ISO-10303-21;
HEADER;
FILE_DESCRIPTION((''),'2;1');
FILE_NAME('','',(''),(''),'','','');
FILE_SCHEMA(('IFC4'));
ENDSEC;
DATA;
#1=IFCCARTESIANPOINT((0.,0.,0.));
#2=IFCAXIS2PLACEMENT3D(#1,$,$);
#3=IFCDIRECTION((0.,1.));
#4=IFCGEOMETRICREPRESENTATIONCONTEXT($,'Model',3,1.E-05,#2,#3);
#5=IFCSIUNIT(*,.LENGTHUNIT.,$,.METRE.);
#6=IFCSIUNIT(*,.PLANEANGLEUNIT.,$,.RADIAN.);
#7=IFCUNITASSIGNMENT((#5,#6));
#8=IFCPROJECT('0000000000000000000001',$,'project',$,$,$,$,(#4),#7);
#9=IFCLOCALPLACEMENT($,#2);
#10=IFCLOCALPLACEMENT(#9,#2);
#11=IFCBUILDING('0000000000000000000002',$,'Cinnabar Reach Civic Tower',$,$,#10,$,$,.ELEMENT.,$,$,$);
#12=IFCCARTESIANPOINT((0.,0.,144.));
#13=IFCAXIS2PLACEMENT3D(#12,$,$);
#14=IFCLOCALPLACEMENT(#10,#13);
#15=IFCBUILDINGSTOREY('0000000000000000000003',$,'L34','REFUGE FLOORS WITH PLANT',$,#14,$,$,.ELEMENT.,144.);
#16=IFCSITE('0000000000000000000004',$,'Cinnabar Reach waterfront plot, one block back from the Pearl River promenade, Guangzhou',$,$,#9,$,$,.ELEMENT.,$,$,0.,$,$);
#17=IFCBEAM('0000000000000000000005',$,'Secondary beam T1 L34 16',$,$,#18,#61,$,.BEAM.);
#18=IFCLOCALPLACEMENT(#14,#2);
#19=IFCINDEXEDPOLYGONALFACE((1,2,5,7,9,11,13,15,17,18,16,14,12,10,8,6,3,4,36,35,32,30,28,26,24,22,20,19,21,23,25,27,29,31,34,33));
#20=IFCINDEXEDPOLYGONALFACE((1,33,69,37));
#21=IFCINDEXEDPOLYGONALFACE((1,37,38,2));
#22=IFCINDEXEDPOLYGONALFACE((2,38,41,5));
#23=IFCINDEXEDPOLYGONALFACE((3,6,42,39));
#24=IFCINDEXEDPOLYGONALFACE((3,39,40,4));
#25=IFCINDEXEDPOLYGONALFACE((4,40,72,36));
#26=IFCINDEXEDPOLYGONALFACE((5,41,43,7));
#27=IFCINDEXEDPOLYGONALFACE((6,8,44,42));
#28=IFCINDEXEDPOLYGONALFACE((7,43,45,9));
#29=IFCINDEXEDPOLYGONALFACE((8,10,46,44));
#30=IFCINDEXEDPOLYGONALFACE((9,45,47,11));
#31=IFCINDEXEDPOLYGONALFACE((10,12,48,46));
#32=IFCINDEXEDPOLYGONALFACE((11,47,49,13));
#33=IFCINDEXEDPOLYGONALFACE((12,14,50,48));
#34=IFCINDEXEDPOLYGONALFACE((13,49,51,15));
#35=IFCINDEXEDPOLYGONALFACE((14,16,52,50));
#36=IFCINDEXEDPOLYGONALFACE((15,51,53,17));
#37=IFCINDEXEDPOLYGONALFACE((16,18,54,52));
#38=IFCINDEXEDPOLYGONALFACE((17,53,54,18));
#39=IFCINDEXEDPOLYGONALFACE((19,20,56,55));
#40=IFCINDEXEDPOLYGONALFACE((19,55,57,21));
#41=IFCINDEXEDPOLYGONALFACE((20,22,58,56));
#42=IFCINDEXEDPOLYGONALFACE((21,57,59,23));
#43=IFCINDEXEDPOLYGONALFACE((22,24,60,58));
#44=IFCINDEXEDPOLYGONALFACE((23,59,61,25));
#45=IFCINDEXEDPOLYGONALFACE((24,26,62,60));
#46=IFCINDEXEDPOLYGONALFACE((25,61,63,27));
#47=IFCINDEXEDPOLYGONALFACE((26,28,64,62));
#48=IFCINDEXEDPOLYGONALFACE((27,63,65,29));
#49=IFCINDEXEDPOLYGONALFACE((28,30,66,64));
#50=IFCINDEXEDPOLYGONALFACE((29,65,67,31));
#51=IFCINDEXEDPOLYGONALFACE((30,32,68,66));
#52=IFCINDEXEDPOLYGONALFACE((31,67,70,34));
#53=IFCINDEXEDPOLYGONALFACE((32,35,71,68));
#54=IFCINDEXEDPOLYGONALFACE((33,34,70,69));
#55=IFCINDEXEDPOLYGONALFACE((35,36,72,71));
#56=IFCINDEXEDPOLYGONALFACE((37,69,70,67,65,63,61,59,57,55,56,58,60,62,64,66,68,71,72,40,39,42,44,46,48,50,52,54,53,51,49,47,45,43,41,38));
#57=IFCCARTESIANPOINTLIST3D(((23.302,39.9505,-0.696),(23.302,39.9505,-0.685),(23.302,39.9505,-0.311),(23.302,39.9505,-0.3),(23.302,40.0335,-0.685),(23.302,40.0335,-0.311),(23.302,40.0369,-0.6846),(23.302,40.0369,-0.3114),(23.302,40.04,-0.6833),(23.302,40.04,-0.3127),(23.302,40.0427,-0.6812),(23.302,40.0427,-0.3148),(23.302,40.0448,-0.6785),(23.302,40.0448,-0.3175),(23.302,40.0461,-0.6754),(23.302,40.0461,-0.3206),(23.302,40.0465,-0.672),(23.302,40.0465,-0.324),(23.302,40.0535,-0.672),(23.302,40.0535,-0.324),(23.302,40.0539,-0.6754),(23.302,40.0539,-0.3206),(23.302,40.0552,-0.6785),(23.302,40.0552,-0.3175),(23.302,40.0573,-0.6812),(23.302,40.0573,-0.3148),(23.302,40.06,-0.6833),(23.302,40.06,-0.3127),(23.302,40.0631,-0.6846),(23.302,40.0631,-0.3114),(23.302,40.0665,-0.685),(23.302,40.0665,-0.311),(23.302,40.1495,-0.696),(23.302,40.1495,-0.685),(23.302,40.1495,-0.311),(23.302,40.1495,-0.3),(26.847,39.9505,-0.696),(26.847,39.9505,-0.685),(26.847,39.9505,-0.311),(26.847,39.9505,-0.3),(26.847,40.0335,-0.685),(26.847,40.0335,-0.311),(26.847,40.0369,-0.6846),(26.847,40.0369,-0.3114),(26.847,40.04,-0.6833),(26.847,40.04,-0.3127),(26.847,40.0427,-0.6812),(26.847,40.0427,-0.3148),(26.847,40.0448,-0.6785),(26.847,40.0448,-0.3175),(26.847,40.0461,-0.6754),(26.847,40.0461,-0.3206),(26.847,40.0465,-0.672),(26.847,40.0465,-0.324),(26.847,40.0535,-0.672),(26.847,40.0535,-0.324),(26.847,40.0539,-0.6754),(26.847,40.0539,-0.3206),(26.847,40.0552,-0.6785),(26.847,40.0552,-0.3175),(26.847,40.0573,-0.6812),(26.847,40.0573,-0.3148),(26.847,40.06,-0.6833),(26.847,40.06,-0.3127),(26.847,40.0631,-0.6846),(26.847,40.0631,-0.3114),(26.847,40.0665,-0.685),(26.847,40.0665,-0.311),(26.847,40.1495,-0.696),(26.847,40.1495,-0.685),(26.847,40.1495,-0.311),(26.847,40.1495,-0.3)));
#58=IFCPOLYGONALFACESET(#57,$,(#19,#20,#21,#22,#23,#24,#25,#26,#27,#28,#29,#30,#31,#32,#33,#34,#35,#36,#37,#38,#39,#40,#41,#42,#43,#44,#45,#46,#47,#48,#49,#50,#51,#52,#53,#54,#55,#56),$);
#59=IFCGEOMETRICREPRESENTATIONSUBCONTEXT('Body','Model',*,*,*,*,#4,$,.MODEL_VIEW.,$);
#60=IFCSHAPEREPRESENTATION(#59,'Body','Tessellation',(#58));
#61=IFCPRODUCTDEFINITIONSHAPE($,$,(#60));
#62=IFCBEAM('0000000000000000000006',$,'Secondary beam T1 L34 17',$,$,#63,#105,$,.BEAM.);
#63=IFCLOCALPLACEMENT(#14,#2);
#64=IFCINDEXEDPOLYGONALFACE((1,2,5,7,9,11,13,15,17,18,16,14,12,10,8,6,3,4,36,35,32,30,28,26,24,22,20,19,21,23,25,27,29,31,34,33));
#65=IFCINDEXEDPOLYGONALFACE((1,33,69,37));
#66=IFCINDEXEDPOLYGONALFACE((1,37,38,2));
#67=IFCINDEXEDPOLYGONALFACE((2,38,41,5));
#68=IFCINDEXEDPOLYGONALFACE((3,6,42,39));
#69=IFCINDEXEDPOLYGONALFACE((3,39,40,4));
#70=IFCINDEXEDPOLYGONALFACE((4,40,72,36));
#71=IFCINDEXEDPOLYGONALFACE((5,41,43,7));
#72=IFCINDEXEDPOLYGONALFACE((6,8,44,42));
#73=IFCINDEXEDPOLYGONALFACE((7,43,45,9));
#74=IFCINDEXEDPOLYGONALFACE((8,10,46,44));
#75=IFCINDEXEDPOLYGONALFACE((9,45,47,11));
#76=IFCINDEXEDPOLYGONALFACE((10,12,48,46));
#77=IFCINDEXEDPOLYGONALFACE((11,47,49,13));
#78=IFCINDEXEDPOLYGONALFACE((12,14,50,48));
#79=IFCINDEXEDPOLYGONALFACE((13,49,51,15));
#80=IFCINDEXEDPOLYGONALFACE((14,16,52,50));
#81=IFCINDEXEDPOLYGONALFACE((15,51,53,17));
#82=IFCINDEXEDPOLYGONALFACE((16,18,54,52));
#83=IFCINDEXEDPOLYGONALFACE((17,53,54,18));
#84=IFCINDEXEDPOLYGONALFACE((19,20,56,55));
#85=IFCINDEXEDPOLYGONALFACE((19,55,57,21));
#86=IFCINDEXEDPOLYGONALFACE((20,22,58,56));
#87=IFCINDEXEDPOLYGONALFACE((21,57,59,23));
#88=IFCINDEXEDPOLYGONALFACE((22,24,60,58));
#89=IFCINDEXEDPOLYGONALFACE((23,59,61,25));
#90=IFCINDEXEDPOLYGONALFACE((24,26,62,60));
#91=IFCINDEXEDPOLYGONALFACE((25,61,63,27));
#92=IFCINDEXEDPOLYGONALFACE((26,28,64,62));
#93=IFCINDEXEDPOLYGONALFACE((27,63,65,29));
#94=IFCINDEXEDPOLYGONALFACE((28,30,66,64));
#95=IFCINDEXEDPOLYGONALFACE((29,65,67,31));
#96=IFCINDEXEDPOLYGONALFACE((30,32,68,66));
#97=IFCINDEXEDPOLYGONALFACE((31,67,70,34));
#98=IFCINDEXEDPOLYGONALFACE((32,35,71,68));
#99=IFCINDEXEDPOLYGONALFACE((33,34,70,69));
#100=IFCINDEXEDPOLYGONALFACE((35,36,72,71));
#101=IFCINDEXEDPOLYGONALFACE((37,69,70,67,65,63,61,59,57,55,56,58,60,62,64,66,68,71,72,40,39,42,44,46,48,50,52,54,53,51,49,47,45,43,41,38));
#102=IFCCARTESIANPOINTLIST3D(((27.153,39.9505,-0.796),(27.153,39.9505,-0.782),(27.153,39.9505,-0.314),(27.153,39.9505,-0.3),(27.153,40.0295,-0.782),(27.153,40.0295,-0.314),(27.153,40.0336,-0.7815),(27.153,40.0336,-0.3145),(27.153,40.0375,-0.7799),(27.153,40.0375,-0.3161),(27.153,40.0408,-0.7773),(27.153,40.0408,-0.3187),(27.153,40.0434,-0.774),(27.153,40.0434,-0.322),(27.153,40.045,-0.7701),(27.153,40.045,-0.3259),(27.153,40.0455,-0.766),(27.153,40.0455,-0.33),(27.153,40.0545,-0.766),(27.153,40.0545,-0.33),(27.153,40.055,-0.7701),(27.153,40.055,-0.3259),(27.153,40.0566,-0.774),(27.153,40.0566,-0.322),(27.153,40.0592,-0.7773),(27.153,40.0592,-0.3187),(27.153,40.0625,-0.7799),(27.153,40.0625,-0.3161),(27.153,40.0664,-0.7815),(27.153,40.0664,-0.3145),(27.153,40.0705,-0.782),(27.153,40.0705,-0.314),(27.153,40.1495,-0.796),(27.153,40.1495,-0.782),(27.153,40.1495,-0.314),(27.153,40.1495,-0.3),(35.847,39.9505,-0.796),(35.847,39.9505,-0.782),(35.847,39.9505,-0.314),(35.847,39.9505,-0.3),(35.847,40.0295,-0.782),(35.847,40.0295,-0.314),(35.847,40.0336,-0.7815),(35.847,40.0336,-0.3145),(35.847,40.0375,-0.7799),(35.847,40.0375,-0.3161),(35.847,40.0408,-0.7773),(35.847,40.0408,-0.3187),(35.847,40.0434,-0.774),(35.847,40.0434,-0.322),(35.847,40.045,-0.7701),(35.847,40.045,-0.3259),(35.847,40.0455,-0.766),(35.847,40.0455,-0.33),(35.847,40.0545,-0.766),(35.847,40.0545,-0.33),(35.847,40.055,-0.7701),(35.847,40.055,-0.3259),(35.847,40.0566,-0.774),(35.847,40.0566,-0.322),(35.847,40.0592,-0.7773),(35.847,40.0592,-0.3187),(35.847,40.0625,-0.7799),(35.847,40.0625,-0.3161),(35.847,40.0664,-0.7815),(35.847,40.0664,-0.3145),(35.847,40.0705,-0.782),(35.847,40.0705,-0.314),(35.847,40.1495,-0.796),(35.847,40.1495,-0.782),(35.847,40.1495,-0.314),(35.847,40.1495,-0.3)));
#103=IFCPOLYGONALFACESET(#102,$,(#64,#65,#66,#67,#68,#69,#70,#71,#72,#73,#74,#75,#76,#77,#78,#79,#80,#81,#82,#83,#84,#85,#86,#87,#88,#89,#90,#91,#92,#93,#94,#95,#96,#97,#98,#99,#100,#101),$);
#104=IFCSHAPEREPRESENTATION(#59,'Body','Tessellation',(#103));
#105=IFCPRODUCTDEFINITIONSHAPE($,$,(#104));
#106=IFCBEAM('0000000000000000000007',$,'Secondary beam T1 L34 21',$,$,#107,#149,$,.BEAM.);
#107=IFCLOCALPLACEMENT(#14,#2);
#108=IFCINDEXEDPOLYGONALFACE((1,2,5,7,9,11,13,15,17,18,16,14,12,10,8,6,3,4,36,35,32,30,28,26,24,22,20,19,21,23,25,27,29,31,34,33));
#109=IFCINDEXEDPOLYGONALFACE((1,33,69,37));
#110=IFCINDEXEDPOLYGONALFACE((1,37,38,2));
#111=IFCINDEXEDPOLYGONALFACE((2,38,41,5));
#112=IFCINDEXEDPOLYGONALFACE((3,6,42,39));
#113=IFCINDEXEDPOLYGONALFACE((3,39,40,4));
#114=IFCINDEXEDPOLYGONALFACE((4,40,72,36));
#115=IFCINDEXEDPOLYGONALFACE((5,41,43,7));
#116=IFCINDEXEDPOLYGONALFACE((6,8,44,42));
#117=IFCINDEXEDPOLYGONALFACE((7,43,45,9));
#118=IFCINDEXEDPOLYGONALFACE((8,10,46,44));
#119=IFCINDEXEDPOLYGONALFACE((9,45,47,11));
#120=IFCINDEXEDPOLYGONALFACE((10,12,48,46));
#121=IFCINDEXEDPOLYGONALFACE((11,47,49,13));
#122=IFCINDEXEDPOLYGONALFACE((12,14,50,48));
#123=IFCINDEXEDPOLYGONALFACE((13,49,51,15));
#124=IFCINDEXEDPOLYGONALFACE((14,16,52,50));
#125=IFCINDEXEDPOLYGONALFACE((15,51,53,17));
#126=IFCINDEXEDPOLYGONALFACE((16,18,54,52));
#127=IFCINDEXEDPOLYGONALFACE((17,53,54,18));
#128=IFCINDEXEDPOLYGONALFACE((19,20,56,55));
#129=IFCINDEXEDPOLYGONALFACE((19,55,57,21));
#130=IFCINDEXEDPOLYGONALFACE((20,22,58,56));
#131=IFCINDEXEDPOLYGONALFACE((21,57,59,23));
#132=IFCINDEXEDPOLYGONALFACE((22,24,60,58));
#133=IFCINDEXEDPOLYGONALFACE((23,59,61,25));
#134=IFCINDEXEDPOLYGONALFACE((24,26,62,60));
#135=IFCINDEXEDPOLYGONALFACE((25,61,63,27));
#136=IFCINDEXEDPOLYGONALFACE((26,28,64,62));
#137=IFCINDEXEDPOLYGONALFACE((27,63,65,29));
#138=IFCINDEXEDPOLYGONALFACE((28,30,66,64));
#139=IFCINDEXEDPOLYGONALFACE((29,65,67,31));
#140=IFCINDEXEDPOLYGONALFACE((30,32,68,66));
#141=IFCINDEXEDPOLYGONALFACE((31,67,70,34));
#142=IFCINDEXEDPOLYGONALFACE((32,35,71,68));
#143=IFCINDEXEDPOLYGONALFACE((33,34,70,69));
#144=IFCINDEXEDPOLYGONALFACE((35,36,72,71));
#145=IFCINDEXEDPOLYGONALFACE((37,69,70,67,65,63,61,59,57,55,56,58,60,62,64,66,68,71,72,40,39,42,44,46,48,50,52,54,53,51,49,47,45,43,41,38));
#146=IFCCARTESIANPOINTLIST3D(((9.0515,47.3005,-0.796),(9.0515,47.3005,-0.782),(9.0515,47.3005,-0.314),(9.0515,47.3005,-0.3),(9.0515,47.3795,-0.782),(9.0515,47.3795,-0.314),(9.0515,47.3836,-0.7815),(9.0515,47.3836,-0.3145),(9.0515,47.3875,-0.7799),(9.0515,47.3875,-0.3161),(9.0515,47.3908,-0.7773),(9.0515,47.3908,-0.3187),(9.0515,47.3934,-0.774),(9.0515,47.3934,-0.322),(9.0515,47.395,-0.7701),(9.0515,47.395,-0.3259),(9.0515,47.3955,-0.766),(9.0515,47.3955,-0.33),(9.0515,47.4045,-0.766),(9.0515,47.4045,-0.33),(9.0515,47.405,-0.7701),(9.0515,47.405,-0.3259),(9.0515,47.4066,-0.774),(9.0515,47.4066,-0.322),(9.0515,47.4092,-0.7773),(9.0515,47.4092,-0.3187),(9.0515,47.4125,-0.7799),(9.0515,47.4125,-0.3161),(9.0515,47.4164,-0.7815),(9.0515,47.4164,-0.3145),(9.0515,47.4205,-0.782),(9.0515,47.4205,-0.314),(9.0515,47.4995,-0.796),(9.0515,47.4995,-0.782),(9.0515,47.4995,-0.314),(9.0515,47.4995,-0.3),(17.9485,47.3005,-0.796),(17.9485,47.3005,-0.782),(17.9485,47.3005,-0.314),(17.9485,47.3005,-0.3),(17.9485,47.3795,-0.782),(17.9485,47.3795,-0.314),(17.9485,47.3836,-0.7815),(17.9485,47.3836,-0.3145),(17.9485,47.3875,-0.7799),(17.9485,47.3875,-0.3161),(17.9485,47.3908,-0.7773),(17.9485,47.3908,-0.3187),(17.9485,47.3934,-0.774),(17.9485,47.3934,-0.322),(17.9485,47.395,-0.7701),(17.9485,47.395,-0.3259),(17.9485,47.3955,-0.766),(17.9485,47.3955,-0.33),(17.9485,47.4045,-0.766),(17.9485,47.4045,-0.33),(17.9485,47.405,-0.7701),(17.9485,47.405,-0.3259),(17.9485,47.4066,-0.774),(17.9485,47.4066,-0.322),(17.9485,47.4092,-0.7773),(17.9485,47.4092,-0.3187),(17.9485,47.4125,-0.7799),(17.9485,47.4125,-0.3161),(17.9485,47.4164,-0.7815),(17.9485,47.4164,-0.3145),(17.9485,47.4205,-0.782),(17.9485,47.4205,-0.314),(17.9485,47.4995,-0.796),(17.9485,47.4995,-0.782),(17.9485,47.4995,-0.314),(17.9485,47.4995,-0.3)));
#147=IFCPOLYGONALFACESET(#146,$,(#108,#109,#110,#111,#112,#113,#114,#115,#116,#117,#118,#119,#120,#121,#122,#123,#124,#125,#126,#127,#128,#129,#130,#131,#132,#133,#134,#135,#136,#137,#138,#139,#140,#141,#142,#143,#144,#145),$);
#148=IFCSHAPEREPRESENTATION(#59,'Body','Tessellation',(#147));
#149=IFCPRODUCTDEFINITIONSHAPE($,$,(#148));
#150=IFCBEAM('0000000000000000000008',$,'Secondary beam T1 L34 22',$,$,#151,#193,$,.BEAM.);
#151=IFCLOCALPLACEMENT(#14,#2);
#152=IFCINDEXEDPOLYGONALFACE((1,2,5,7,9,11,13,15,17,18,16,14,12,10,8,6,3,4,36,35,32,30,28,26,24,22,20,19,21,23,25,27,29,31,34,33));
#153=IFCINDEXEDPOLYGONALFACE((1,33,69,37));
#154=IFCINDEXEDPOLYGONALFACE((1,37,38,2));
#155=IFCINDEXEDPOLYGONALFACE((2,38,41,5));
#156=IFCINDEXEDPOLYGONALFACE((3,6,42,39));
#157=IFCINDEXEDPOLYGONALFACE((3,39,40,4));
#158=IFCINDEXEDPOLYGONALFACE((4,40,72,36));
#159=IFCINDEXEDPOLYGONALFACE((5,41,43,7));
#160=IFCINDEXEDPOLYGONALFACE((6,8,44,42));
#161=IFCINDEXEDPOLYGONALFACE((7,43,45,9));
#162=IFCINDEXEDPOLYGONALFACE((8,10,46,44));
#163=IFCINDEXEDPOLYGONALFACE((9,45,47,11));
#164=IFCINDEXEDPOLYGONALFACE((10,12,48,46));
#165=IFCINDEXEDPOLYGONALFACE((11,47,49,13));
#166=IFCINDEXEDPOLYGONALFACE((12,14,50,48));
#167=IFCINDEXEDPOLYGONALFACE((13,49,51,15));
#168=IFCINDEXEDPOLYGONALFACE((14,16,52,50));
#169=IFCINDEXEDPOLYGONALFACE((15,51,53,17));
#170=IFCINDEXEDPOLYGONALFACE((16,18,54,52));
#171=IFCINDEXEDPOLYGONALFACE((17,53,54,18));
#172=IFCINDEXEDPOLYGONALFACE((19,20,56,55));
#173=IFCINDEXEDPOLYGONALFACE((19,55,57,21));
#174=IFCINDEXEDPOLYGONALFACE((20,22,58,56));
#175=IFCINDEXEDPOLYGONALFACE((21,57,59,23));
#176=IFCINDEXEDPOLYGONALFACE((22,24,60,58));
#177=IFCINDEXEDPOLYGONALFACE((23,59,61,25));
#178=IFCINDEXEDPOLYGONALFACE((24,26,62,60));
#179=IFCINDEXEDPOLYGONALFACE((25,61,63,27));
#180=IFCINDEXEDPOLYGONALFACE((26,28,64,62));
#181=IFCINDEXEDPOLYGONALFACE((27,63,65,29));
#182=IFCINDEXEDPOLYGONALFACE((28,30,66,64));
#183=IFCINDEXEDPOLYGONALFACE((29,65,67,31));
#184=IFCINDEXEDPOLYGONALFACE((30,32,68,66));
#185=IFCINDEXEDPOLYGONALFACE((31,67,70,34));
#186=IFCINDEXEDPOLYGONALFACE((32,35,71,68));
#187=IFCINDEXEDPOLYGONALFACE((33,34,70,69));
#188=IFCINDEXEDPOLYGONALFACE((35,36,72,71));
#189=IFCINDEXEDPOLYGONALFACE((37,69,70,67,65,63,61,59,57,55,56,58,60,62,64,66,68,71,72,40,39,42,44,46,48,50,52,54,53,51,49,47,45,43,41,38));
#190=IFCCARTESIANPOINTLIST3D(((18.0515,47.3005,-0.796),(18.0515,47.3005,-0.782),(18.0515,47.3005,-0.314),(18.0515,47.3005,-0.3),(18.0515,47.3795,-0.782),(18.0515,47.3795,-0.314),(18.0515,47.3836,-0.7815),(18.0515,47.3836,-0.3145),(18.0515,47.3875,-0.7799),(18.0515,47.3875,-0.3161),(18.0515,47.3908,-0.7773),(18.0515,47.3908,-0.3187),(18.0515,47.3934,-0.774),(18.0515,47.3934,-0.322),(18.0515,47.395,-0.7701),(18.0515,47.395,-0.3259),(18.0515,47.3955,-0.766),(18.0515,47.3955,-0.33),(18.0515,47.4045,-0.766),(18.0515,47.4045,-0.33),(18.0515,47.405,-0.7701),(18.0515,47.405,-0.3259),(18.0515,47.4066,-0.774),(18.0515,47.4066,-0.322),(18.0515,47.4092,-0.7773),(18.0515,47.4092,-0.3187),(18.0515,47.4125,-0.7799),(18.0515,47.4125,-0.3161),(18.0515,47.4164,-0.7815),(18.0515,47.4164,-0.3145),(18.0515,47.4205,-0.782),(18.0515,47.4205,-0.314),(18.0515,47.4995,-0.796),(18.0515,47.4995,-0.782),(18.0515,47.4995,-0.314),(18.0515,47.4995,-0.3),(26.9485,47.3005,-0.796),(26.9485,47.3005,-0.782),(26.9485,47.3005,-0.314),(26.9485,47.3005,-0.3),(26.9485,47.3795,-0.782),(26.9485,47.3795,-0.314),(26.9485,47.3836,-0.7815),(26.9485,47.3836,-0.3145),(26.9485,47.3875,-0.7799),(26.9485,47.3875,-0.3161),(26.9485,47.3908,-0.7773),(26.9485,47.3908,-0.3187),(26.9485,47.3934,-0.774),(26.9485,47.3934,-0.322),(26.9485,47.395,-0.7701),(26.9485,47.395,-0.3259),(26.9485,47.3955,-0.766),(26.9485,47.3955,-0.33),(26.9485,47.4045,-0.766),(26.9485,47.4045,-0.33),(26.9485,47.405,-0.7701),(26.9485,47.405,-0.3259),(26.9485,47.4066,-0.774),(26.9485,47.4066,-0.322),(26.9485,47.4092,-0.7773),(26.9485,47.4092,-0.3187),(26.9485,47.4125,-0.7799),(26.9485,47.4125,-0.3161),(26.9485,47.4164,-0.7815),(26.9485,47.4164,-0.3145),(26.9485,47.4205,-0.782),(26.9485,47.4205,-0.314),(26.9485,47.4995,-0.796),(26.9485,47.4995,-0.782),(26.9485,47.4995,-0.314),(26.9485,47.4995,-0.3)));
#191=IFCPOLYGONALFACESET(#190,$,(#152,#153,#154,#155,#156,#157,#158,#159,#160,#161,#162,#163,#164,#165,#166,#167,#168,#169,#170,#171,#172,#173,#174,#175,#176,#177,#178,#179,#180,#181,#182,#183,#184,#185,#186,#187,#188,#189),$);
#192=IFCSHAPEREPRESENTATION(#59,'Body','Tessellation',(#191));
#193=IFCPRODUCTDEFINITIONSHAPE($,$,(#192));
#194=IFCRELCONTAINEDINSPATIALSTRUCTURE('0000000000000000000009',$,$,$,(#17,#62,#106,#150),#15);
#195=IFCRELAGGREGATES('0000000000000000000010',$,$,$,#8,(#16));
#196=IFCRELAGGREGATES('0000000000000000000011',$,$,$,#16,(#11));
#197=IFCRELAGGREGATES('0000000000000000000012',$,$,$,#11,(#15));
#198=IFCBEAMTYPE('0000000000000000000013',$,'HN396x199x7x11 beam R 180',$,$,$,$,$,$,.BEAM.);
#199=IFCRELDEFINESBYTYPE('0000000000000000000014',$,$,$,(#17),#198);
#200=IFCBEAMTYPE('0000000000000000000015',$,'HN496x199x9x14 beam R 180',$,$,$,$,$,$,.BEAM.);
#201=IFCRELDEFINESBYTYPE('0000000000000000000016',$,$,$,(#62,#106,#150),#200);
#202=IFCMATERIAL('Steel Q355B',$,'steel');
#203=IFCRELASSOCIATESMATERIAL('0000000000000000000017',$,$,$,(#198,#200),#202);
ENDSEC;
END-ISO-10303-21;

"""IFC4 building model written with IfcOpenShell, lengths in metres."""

from ifc_helpers import new_model, si_unit, direction, frame, origin, origin_2d, place, context, subcontext, project, spatial, i_section, extrude, material, material_profile, profile_set, type_object, element, save


model = new_model("IFC4")

# Units and contexts
model_context = context("Model", 3, precision=1e-05, world=origin(), true_north=direction((0.0, 1.0)))
body_context = subcontext(model_context, "Body", "Model", "MODEL_VIEW")
ifc_project = project(units=[si_unit("LENGTHUNIT", "METRE"), si_unit("PLANEANGLEUNIT", "RADIAN")], contexts=[model_context])

# Site, building, storey
site_placement = place(None, origin())
site = spatial("IfcSite", under=ifc_project, at=site_placement, Name="Cinnabar Reach waterfront plot, one block back from the Pearl River promenade, Guangzhou", CompositionType="ELEMENT", RefElevation=0.0)
building_placement = place(site_placement, origin())
building = spatial("IfcBuilding", under=site, at=building_placement, Name="Cinnabar Reach Civic Tower", CompositionType="ELEMENT")
storey_placement = place(building_placement, frame((0.0, 0.0, 144.0)))
storey = spatial("IfcBuildingStorey", under=building, at=storey_placement, Name="L34", Description="REFUGE FLOORS WITH PLANT", CompositionType="ELEMENT", Elevation=144.0)

# Beams
ifc_material_1 = material(Name="Steel Q355B", Category="steel")
ifc_material_profile_1 = material_profile(ifc_material_1, i_section(OverallWidth=0.199, OverallDepth=0.396, WebThickness=0.007, FlangeThickness=0.011, FilletRadius=0.013, at=origin_2d()), Name="HN396x199x7x11")
ifc_profile_set_1 = profile_set([ifc_material_profile_1], Name="Steel Q355B")
beam_type_1 = type_object("IfcBeamType", Name="HN396x199x7x11 beam R 180", PredefinedType="BEAM", material=ifc_profile_set_1)
beam_1_placement = place(storey_placement, frame((23.302, 40.05, -0.498), z_axis=(1.0, 0.0, 0.0), x_axis=(0.0, 1.0, 0.0)))
element("IfcBeam", 1, at=beam_1_placement, inside=storey, type_object=beam_type_1, Name="Secondary beam T1 L34 16", PredefinedType="BEAM", context=body_context, shape_type="SweptSolid", body=[
    extrude(i_section(OverallWidth=0.199, OverallDepth=0.396, WebThickness=0.007, FlangeThickness=0.011, FilletRadius=0.013, at=origin_2d()), origin(), (0.0, 0.0, 1.0), 3.545),
])
ifc_material_profile_2 = material_profile(ifc_material_1, i_section(OverallWidth=0.199, OverallDepth=0.496, WebThickness=0.009, FlangeThickness=0.014, FilletRadius=0.016, at=origin_2d()), Name="HN496x199x9x14")
ifc_profile_set_2 = profile_set([ifc_material_profile_2], Name="Steel Q355B")
beam_type_2 = type_object("IfcBeamType", Name="HN496x199x9x14 beam R 180", PredefinedType="BEAM", material=ifc_profile_set_2)
beam_2_placement = place(storey_placement, frame((27.153, 40.05, -0.548), z_axis=(1.0, 0.0, 0.0), x_axis=(0.0, 1.0, 0.0)))
element("IfcBeam", 2, at=beam_2_placement, inside=storey, type_object=beam_type_2, Name="Secondary beam T1 L34 17", PredefinedType="BEAM", context=body_context, shape_type="SweptSolid", body=[
    extrude(i_section(OverallWidth=0.199, OverallDepth=0.496, WebThickness=0.009, FlangeThickness=0.014, FilletRadius=0.016, at=origin_2d()), origin(), (0.0, 0.0, 1.0), 8.694),
])
for number, where, z_axis, x_axis, name in (
    (3, (9.0515, 47.4, -0.548), (1.0, 0.0, 0.0), (0.0, 1.0, 0.0), "Secondary beam T1 L34 21"),
    (4, (18.0515, 47.4, -0.548), (1.0, 0.0, 0.0), (0.0, 1.0, 0.0), "Secondary beam T1 L34 22"),
):
    element("IfcBeam", number, at=place(storey_placement, frame(where, z_axis=z_axis, x_axis=x_axis)), inside=storey, type_object=beam_type_2, Name=name, PredefinedType="BEAM", context=body_context, shape_type="SweptSolid", body=[
        extrude(i_section(OverallWidth=0.199, OverallDepth=0.496, WebThickness=0.009, FlangeThickness=0.014, FilletRadius=0.016, at=origin_2d()), origin(), (0.0, 0.0, 1.0), 8.897),
    ])

save(model, "model.ifc")
